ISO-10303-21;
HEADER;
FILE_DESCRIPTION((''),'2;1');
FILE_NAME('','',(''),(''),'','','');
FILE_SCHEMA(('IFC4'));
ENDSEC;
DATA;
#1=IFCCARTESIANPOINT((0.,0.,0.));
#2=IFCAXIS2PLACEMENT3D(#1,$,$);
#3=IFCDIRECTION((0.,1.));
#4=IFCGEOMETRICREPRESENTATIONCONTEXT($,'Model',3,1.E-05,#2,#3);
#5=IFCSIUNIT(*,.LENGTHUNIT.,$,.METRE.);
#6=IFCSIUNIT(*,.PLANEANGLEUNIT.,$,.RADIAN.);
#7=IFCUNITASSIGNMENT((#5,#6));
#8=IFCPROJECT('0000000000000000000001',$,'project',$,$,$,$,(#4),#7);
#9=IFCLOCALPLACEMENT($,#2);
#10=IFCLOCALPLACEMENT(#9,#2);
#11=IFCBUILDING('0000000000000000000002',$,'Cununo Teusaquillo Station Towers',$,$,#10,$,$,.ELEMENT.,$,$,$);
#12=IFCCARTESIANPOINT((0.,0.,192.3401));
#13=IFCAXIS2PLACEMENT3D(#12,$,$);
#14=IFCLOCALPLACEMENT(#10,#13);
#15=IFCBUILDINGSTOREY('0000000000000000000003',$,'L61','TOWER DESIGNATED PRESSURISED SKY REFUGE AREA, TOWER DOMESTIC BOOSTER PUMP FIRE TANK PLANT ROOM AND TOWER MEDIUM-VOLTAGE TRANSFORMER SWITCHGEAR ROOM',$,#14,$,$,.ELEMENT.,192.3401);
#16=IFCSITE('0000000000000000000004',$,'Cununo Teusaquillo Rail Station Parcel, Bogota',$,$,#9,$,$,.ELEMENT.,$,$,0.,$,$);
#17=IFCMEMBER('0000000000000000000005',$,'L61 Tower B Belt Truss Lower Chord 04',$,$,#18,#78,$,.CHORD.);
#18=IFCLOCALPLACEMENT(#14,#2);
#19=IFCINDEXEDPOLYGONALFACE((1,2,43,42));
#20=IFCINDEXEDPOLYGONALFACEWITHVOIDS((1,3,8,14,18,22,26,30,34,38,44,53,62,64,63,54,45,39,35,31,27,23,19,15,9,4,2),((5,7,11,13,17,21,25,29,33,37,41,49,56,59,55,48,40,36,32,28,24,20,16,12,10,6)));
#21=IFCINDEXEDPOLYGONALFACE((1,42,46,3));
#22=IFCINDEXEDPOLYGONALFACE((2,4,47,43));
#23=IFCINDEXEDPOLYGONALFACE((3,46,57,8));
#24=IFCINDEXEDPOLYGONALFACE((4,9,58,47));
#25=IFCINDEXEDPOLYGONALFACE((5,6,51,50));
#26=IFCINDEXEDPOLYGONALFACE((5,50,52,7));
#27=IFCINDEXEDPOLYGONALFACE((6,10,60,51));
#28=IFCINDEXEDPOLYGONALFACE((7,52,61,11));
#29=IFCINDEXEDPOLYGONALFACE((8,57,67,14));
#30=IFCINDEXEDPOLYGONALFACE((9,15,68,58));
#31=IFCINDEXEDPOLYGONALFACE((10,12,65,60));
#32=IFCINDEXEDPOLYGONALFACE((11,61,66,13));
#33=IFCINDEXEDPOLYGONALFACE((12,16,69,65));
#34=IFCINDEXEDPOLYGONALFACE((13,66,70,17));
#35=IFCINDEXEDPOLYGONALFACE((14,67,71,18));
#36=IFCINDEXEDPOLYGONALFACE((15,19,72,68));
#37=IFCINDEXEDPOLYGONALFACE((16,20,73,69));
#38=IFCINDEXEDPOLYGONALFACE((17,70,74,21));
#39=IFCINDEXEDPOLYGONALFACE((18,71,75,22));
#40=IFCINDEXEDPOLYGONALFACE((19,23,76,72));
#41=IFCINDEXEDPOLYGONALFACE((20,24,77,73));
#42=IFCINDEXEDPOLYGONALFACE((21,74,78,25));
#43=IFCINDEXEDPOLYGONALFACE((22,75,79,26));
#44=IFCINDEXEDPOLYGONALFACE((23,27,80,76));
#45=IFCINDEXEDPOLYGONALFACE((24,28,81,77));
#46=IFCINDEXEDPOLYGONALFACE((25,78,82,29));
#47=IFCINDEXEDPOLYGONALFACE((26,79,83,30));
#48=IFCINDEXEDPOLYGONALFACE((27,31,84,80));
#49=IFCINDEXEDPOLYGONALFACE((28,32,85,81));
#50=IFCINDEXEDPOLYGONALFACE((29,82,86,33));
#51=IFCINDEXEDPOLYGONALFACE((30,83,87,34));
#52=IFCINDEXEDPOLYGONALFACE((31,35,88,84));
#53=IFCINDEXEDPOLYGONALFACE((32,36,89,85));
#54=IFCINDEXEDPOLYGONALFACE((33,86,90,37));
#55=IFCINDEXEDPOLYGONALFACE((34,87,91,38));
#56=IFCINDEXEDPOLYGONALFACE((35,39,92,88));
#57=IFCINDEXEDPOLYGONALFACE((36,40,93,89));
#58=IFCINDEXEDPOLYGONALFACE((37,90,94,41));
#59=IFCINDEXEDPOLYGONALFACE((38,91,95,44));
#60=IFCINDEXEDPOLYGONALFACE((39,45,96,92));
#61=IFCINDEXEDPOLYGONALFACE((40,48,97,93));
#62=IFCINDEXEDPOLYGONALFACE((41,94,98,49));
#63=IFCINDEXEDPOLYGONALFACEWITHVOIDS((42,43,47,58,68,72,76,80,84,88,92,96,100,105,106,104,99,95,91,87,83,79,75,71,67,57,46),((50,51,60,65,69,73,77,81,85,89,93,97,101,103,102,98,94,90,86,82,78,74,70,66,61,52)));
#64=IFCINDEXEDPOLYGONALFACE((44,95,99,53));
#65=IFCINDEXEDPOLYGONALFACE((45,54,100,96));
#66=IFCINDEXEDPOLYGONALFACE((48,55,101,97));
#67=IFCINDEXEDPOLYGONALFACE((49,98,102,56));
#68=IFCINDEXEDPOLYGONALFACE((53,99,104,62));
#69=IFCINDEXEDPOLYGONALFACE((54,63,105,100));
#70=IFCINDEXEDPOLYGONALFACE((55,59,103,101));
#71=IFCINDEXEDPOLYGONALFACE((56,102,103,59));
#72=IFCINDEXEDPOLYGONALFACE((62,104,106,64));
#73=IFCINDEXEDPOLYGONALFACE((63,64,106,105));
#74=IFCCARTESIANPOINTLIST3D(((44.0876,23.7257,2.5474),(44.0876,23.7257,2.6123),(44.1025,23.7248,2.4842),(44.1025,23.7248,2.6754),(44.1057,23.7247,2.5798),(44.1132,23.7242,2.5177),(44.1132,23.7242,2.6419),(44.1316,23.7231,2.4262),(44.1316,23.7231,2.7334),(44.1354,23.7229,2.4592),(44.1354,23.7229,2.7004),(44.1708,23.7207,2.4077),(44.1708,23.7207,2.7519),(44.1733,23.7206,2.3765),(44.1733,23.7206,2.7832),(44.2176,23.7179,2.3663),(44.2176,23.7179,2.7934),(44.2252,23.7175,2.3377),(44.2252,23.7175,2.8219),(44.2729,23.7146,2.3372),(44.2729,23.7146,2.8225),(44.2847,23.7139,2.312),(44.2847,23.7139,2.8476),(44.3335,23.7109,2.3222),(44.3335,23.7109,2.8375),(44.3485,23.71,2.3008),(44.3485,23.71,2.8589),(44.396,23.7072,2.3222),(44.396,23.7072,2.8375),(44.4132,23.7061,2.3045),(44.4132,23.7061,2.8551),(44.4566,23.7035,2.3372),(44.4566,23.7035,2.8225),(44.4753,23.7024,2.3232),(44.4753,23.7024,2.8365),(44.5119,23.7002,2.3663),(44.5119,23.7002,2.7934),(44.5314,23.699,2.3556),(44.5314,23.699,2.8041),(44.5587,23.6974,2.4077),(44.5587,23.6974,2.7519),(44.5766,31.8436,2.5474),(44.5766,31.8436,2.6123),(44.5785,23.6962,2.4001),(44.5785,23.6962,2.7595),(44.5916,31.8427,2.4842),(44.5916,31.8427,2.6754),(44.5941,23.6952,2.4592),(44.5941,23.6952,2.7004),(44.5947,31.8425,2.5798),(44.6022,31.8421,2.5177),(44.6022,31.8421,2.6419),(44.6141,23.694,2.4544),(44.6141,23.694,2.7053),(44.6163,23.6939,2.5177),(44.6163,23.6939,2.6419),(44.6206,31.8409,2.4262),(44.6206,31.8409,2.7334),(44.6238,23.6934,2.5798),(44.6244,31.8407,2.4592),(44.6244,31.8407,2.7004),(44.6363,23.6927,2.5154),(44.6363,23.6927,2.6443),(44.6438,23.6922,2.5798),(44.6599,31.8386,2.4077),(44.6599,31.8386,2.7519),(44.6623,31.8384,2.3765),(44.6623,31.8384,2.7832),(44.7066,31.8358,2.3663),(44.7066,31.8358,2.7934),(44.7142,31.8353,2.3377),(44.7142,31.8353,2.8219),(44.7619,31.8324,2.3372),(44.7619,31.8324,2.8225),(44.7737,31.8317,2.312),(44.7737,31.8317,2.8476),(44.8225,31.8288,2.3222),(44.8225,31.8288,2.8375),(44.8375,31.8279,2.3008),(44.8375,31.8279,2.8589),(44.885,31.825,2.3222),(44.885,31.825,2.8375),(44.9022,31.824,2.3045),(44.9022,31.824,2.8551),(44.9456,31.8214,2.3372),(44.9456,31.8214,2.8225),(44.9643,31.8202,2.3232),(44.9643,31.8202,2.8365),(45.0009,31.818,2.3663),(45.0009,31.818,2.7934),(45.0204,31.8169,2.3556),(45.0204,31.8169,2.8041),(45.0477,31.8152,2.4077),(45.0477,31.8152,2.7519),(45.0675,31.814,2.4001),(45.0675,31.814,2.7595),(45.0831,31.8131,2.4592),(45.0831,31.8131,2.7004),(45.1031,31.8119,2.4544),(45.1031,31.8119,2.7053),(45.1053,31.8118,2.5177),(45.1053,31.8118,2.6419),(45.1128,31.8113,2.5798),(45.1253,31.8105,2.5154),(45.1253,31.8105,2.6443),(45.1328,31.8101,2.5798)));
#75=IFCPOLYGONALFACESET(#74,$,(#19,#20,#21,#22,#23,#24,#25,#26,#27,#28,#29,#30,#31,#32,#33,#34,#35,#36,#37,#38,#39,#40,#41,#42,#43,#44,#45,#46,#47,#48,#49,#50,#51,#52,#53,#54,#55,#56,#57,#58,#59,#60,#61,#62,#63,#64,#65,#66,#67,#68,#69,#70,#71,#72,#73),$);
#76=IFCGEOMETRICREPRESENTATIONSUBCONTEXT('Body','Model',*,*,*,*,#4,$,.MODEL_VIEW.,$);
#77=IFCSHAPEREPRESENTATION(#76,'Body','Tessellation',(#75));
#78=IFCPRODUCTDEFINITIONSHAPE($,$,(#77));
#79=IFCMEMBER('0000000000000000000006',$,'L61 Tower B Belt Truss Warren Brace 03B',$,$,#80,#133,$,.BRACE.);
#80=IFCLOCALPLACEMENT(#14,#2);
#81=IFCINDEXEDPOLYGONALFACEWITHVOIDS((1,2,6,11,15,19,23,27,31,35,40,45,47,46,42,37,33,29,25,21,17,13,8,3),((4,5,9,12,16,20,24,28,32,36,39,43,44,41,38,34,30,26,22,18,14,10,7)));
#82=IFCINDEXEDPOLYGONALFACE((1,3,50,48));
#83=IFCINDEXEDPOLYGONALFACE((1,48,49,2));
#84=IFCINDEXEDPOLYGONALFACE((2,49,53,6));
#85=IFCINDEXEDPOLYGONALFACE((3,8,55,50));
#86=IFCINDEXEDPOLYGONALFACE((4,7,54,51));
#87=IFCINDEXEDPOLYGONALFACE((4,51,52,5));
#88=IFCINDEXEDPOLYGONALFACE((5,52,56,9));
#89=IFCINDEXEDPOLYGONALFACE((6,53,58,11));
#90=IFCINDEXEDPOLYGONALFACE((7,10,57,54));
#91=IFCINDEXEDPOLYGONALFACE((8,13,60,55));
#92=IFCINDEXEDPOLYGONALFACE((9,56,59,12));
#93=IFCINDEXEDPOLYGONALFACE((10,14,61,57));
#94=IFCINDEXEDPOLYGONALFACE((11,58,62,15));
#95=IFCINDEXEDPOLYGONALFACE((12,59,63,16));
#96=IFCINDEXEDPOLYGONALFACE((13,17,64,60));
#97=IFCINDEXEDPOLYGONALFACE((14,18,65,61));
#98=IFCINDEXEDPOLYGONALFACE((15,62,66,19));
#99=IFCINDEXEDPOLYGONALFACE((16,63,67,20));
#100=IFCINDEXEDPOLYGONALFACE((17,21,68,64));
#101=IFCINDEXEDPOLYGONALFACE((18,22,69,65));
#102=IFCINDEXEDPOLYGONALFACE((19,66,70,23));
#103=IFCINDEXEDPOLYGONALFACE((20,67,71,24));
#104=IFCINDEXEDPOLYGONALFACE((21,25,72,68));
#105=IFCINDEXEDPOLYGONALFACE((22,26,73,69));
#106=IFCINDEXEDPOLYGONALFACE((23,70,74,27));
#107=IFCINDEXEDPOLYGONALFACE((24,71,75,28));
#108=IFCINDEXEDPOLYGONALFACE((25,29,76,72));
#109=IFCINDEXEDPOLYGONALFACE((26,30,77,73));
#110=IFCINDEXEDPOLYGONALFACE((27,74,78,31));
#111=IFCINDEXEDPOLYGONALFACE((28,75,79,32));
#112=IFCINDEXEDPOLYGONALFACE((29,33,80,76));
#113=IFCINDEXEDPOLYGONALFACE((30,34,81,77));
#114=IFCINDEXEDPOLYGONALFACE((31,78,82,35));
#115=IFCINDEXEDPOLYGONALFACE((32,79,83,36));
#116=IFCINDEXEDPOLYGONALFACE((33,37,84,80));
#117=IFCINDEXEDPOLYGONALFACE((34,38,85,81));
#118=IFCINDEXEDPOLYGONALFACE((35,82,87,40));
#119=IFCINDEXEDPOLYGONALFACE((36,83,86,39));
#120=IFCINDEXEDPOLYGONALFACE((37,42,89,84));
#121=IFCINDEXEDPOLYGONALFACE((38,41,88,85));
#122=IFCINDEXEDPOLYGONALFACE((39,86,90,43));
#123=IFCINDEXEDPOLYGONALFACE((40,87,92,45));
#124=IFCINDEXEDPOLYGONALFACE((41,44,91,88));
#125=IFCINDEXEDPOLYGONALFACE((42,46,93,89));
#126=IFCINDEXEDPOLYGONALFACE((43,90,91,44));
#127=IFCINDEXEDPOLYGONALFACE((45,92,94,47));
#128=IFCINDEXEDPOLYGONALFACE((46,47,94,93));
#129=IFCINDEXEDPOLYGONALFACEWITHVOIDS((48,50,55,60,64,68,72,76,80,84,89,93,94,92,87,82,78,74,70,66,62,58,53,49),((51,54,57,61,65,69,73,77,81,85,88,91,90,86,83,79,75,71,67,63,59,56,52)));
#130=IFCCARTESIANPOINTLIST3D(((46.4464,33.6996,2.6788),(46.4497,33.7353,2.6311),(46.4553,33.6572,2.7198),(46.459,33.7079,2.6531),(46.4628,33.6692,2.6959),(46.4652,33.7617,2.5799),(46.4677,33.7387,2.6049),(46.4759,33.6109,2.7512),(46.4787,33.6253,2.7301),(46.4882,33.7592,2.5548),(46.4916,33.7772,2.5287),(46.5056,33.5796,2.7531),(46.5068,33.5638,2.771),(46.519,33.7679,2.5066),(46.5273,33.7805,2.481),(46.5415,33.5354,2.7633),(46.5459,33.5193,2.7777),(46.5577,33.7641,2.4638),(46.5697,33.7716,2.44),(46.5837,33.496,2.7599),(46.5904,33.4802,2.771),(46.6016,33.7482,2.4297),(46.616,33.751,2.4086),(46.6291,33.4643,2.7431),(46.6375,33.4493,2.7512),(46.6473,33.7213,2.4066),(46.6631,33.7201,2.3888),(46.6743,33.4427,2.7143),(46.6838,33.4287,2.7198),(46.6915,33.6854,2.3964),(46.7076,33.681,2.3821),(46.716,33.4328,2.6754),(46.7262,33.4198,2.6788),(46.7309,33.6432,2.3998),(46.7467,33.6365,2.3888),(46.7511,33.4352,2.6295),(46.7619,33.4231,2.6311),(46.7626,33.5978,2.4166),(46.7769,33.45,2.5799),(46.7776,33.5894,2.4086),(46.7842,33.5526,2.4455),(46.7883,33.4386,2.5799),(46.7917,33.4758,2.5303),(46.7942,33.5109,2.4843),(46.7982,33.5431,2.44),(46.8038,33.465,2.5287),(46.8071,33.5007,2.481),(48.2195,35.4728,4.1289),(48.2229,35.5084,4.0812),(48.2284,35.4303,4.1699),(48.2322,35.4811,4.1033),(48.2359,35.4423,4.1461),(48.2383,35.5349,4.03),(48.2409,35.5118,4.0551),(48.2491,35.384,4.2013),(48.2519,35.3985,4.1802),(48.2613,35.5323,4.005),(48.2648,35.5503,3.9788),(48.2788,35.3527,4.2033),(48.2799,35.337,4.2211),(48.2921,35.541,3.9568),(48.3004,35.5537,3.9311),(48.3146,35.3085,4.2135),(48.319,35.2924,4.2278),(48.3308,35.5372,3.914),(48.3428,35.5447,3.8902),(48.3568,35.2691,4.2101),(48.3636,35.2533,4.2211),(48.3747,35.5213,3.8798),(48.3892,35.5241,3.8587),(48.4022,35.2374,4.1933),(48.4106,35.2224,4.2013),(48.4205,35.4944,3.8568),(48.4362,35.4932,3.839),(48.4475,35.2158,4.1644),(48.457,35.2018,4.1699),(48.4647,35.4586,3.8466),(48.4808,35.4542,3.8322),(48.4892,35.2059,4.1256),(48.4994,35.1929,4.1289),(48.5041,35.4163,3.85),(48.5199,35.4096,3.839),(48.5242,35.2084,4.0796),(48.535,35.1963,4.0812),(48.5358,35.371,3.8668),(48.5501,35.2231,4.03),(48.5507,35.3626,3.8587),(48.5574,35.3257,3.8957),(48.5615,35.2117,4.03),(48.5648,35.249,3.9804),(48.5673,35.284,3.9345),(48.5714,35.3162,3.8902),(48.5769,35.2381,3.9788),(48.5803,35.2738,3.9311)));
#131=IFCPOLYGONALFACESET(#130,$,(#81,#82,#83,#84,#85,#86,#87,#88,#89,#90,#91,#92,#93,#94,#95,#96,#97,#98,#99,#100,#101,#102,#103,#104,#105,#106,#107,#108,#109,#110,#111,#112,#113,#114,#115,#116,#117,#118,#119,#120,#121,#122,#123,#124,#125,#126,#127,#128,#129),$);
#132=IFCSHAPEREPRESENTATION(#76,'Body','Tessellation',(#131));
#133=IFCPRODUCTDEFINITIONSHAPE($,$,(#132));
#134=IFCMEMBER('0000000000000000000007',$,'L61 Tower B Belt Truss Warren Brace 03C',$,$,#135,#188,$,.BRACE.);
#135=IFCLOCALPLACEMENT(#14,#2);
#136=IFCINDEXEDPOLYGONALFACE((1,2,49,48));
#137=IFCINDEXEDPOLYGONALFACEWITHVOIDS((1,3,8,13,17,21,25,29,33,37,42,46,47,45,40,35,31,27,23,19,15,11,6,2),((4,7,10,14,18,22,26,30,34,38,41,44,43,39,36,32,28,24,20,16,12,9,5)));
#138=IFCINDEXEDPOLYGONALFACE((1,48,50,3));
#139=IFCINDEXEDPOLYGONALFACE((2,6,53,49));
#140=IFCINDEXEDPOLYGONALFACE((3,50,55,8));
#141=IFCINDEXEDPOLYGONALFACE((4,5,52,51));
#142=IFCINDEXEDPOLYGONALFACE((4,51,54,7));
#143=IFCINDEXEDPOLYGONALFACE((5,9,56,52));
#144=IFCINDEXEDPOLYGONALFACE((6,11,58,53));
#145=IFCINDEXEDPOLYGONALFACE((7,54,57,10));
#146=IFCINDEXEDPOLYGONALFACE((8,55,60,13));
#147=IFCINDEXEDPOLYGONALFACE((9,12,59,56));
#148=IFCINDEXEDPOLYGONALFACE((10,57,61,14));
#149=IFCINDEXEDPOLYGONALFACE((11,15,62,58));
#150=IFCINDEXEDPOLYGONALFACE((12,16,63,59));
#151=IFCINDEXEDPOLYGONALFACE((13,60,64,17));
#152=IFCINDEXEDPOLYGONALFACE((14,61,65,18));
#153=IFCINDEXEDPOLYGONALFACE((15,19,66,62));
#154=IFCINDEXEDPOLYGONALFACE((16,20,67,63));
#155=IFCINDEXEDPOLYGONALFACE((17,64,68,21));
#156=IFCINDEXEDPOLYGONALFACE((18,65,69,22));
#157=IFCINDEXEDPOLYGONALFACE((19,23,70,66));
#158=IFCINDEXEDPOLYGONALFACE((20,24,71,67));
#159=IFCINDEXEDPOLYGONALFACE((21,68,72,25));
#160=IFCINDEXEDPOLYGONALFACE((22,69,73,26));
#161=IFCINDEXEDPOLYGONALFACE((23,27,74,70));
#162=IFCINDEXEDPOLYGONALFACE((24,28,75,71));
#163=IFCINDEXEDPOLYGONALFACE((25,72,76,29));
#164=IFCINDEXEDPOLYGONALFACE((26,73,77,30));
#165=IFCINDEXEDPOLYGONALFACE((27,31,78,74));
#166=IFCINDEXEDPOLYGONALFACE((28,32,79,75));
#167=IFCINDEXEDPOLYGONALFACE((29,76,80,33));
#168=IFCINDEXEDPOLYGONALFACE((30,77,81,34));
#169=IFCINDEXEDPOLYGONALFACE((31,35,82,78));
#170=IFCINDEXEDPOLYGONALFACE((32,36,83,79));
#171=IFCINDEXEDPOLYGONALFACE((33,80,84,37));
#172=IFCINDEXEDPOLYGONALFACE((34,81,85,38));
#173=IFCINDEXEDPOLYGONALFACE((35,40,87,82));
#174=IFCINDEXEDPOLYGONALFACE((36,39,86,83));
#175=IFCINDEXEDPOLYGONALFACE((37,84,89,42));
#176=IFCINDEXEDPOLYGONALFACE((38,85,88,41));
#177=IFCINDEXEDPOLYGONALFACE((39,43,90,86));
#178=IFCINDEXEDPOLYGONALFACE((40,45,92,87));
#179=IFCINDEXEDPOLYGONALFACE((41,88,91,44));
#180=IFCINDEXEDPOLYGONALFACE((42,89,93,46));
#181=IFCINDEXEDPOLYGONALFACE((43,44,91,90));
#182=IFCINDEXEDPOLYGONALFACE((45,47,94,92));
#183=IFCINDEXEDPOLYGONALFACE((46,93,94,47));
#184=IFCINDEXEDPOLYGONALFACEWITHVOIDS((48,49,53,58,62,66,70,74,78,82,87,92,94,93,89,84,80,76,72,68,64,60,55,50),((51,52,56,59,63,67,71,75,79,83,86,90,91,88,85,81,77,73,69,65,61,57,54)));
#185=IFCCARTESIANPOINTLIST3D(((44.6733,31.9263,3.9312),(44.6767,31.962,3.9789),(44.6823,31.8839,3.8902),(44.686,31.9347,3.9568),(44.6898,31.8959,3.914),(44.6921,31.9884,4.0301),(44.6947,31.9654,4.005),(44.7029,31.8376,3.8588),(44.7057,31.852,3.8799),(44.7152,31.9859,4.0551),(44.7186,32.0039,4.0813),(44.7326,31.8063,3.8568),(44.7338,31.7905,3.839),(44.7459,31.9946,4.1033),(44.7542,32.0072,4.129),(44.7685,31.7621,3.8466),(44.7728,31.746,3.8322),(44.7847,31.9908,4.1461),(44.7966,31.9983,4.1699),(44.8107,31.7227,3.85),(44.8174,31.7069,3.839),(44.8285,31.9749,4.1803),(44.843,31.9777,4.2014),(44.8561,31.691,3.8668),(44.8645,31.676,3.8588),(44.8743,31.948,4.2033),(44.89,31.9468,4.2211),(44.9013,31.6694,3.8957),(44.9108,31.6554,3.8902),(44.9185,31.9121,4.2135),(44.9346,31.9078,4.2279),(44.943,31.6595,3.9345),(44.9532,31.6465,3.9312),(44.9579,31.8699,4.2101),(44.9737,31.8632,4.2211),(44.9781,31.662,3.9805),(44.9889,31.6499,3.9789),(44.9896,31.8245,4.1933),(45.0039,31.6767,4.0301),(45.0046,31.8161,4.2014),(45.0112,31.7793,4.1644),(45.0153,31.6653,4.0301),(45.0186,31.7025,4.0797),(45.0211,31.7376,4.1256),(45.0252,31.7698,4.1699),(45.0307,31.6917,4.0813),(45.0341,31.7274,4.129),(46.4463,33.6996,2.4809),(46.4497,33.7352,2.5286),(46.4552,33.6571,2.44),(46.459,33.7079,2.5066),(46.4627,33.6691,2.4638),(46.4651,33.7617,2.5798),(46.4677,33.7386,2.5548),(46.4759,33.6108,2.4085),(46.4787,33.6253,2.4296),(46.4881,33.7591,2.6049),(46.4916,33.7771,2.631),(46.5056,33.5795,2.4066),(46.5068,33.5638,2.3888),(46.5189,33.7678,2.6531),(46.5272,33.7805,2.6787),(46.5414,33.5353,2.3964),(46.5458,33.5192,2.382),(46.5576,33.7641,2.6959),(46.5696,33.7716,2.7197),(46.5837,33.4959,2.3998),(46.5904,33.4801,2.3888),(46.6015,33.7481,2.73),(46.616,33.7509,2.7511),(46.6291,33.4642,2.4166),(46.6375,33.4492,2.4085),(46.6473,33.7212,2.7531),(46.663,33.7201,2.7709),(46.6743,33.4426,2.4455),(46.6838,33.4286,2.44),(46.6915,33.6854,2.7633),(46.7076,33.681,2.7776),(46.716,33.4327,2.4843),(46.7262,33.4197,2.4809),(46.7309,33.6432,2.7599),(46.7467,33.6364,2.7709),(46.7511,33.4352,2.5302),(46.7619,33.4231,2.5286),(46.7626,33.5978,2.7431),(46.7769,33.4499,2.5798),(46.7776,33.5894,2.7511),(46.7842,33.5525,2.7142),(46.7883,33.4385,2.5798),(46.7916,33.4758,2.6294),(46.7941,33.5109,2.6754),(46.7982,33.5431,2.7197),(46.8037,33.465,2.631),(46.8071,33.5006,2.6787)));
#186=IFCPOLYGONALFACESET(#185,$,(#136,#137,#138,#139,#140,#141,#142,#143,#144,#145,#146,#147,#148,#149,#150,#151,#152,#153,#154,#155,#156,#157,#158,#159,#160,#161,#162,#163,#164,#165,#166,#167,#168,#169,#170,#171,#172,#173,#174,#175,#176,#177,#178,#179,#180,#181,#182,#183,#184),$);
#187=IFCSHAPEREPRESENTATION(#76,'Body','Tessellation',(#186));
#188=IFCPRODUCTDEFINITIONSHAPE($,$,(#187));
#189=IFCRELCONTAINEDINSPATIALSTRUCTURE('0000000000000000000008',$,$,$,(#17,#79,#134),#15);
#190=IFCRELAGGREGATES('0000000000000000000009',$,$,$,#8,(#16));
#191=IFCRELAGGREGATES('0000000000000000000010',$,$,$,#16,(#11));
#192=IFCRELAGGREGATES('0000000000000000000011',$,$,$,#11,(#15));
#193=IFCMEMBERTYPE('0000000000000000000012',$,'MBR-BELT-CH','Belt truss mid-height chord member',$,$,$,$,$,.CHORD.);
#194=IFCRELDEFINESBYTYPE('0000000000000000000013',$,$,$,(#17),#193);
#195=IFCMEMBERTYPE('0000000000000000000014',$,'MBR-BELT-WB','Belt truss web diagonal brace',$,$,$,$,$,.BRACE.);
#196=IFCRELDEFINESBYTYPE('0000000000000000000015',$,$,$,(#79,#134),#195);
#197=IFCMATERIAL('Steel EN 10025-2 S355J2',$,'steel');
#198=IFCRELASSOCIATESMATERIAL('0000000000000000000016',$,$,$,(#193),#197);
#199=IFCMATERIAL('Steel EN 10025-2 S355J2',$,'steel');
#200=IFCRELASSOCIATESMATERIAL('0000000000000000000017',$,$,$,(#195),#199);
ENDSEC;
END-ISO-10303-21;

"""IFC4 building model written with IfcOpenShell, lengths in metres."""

from ifc_helpers import new_model, si_unit, direction, frame, origin, origin_2d, place, context, subcontext, project, spatial, hollow_circle, extrude, material, material_profile, profile_set, type_object, element, save


model = new_model("IFC4")

# Units and contexts
model_context = context("Model", 3, precision=1e-05, world=origin(), true_north=direction((0.0, 1.0)))
body_context = subcontext(model_context, "Body", "Model", "MODEL_VIEW")
ifc_project = project(units=[si_unit("LENGTHUNIT", "METRE"), si_unit("PLANEANGLEUNIT", "RADIAN")], contexts=[model_context])

# Site, building, storey
site_placement = place(None, origin())
site = spatial("IfcSite", under=ifc_project, at=site_placement, Name="Cununo Teusaquillo Rail Station Parcel, Bogota", CompositionType="ELEMENT", RefElevation=0.0)
building_placement = place(site_placement, origin())
building = spatial("IfcBuilding", under=site, at=building_placement, Name="Cununo Teusaquillo Station Towers", CompositionType="ELEMENT")
storey_placement = place(building_placement, frame((0.0, 0.0, 192.3401)))
storey = spatial("IfcBuildingStorey", under=building, at=storey_placement, Name="L61", Description="TOWER DESIGNATED PRESSURISED SKY REFUGE AREA, TOWER DOMESTIC BOOSTER PUMP FIRE TANK PLANT ROOM AND TOWER MEDIUM-VOLTAGE TRANSFORMER SWITCHGEAR ROOM", CompositionType="ELEMENT", Elevation=192.3401)

# Members
ifc_material_1 = material(Name="Steel EN 10025-2 S355J2", Category="steel")
ifc_material_profile_1 = material_profile(ifc_material_1, hollow_circle(Radius=0.2795, WallThickness=0.02, at=origin_2d()), Name="CHS 559x20")
ifc_profile_set_1 = profile_set([ifc_material_profile_1], Name="Steel EN 10025-2 S355J2")
member_type_1 = type_object("IfcMemberType", Name="MBR-BELT-CH", Description="Belt truss mid-height chord member", PredefinedType="CHORD", material=ifc_profile_set_1)
member_1_placement = place(storey_placement, frame((44.8538, 31.8269, 2.5798), z_axis=(-0.06013, -0.998191, 0.0), x_axis=(0.998191, -0.06013, 0.0)))
element("IfcMember", 1, at=member_1_placement, inside=storey, type_object=member_type_1, Name="L61 Tower B Belt Truss Lower Chord 04", PredefinedType="CHORD", context=body_context, shape_type="SweptSolid", body=[
    extrude(hollow_circle(Radius=0.2795, WallThickness=0.02, at=origin_2d()), origin(), (0.0, 0.0, 1.0), 8.1326),
])
ifc_material_2 = material(Name="Steel EN 10025-2 S355J2", Category="steel")
ifc_material_profile_2 = material_profile(ifc_material_2, hollow_circle(Radius=0.2285, WallThickness=0.0161, at=origin_2d()), Name="CHS 457x16")
ifc_profile_set_2 = profile_set([ifc_material_profile_2], Name="Steel EN 10025-2 S355J2")
member_type_2 = type_object("IfcMemberType", Name="MBR-BELT-WB", Description="Belt truss web diagonal brace", PredefinedType="BRACE", material=ifc_profile_set_2)
for number, where, z_axis, x_axis, name in (
    (2, (48.3999, 35.3733, 4.03), (-0.61212, -0.61212, -0.500618), (0.707107, -0.707107, 0.0), "L61 Tower B Belt Truss Warren Brace 03B"),
    (3, (46.6267, 33.6001, 2.5798), (-0.612067, -0.612151, 0.500644), (0.707155, -0.707058, 0.0), "L61 Tower B Belt Truss Warren Brace 03C"),
):
    element("IfcMember", number, at=place(storey_placement, frame(where, z_axis=z_axis, x_axis=x_axis)), inside=storey, type_object=member_type_2, Name=name, PredefinedType="BRACE", context=body_context, shape_type="SweptSolid", body=[
        extrude(hollow_circle(Radius=0.2285, WallThickness=0.0161, at=origin_2d()), origin(), (0.0, 0.0, 1.0), 2.8967),
    ])

save(model, "model.ifc")
